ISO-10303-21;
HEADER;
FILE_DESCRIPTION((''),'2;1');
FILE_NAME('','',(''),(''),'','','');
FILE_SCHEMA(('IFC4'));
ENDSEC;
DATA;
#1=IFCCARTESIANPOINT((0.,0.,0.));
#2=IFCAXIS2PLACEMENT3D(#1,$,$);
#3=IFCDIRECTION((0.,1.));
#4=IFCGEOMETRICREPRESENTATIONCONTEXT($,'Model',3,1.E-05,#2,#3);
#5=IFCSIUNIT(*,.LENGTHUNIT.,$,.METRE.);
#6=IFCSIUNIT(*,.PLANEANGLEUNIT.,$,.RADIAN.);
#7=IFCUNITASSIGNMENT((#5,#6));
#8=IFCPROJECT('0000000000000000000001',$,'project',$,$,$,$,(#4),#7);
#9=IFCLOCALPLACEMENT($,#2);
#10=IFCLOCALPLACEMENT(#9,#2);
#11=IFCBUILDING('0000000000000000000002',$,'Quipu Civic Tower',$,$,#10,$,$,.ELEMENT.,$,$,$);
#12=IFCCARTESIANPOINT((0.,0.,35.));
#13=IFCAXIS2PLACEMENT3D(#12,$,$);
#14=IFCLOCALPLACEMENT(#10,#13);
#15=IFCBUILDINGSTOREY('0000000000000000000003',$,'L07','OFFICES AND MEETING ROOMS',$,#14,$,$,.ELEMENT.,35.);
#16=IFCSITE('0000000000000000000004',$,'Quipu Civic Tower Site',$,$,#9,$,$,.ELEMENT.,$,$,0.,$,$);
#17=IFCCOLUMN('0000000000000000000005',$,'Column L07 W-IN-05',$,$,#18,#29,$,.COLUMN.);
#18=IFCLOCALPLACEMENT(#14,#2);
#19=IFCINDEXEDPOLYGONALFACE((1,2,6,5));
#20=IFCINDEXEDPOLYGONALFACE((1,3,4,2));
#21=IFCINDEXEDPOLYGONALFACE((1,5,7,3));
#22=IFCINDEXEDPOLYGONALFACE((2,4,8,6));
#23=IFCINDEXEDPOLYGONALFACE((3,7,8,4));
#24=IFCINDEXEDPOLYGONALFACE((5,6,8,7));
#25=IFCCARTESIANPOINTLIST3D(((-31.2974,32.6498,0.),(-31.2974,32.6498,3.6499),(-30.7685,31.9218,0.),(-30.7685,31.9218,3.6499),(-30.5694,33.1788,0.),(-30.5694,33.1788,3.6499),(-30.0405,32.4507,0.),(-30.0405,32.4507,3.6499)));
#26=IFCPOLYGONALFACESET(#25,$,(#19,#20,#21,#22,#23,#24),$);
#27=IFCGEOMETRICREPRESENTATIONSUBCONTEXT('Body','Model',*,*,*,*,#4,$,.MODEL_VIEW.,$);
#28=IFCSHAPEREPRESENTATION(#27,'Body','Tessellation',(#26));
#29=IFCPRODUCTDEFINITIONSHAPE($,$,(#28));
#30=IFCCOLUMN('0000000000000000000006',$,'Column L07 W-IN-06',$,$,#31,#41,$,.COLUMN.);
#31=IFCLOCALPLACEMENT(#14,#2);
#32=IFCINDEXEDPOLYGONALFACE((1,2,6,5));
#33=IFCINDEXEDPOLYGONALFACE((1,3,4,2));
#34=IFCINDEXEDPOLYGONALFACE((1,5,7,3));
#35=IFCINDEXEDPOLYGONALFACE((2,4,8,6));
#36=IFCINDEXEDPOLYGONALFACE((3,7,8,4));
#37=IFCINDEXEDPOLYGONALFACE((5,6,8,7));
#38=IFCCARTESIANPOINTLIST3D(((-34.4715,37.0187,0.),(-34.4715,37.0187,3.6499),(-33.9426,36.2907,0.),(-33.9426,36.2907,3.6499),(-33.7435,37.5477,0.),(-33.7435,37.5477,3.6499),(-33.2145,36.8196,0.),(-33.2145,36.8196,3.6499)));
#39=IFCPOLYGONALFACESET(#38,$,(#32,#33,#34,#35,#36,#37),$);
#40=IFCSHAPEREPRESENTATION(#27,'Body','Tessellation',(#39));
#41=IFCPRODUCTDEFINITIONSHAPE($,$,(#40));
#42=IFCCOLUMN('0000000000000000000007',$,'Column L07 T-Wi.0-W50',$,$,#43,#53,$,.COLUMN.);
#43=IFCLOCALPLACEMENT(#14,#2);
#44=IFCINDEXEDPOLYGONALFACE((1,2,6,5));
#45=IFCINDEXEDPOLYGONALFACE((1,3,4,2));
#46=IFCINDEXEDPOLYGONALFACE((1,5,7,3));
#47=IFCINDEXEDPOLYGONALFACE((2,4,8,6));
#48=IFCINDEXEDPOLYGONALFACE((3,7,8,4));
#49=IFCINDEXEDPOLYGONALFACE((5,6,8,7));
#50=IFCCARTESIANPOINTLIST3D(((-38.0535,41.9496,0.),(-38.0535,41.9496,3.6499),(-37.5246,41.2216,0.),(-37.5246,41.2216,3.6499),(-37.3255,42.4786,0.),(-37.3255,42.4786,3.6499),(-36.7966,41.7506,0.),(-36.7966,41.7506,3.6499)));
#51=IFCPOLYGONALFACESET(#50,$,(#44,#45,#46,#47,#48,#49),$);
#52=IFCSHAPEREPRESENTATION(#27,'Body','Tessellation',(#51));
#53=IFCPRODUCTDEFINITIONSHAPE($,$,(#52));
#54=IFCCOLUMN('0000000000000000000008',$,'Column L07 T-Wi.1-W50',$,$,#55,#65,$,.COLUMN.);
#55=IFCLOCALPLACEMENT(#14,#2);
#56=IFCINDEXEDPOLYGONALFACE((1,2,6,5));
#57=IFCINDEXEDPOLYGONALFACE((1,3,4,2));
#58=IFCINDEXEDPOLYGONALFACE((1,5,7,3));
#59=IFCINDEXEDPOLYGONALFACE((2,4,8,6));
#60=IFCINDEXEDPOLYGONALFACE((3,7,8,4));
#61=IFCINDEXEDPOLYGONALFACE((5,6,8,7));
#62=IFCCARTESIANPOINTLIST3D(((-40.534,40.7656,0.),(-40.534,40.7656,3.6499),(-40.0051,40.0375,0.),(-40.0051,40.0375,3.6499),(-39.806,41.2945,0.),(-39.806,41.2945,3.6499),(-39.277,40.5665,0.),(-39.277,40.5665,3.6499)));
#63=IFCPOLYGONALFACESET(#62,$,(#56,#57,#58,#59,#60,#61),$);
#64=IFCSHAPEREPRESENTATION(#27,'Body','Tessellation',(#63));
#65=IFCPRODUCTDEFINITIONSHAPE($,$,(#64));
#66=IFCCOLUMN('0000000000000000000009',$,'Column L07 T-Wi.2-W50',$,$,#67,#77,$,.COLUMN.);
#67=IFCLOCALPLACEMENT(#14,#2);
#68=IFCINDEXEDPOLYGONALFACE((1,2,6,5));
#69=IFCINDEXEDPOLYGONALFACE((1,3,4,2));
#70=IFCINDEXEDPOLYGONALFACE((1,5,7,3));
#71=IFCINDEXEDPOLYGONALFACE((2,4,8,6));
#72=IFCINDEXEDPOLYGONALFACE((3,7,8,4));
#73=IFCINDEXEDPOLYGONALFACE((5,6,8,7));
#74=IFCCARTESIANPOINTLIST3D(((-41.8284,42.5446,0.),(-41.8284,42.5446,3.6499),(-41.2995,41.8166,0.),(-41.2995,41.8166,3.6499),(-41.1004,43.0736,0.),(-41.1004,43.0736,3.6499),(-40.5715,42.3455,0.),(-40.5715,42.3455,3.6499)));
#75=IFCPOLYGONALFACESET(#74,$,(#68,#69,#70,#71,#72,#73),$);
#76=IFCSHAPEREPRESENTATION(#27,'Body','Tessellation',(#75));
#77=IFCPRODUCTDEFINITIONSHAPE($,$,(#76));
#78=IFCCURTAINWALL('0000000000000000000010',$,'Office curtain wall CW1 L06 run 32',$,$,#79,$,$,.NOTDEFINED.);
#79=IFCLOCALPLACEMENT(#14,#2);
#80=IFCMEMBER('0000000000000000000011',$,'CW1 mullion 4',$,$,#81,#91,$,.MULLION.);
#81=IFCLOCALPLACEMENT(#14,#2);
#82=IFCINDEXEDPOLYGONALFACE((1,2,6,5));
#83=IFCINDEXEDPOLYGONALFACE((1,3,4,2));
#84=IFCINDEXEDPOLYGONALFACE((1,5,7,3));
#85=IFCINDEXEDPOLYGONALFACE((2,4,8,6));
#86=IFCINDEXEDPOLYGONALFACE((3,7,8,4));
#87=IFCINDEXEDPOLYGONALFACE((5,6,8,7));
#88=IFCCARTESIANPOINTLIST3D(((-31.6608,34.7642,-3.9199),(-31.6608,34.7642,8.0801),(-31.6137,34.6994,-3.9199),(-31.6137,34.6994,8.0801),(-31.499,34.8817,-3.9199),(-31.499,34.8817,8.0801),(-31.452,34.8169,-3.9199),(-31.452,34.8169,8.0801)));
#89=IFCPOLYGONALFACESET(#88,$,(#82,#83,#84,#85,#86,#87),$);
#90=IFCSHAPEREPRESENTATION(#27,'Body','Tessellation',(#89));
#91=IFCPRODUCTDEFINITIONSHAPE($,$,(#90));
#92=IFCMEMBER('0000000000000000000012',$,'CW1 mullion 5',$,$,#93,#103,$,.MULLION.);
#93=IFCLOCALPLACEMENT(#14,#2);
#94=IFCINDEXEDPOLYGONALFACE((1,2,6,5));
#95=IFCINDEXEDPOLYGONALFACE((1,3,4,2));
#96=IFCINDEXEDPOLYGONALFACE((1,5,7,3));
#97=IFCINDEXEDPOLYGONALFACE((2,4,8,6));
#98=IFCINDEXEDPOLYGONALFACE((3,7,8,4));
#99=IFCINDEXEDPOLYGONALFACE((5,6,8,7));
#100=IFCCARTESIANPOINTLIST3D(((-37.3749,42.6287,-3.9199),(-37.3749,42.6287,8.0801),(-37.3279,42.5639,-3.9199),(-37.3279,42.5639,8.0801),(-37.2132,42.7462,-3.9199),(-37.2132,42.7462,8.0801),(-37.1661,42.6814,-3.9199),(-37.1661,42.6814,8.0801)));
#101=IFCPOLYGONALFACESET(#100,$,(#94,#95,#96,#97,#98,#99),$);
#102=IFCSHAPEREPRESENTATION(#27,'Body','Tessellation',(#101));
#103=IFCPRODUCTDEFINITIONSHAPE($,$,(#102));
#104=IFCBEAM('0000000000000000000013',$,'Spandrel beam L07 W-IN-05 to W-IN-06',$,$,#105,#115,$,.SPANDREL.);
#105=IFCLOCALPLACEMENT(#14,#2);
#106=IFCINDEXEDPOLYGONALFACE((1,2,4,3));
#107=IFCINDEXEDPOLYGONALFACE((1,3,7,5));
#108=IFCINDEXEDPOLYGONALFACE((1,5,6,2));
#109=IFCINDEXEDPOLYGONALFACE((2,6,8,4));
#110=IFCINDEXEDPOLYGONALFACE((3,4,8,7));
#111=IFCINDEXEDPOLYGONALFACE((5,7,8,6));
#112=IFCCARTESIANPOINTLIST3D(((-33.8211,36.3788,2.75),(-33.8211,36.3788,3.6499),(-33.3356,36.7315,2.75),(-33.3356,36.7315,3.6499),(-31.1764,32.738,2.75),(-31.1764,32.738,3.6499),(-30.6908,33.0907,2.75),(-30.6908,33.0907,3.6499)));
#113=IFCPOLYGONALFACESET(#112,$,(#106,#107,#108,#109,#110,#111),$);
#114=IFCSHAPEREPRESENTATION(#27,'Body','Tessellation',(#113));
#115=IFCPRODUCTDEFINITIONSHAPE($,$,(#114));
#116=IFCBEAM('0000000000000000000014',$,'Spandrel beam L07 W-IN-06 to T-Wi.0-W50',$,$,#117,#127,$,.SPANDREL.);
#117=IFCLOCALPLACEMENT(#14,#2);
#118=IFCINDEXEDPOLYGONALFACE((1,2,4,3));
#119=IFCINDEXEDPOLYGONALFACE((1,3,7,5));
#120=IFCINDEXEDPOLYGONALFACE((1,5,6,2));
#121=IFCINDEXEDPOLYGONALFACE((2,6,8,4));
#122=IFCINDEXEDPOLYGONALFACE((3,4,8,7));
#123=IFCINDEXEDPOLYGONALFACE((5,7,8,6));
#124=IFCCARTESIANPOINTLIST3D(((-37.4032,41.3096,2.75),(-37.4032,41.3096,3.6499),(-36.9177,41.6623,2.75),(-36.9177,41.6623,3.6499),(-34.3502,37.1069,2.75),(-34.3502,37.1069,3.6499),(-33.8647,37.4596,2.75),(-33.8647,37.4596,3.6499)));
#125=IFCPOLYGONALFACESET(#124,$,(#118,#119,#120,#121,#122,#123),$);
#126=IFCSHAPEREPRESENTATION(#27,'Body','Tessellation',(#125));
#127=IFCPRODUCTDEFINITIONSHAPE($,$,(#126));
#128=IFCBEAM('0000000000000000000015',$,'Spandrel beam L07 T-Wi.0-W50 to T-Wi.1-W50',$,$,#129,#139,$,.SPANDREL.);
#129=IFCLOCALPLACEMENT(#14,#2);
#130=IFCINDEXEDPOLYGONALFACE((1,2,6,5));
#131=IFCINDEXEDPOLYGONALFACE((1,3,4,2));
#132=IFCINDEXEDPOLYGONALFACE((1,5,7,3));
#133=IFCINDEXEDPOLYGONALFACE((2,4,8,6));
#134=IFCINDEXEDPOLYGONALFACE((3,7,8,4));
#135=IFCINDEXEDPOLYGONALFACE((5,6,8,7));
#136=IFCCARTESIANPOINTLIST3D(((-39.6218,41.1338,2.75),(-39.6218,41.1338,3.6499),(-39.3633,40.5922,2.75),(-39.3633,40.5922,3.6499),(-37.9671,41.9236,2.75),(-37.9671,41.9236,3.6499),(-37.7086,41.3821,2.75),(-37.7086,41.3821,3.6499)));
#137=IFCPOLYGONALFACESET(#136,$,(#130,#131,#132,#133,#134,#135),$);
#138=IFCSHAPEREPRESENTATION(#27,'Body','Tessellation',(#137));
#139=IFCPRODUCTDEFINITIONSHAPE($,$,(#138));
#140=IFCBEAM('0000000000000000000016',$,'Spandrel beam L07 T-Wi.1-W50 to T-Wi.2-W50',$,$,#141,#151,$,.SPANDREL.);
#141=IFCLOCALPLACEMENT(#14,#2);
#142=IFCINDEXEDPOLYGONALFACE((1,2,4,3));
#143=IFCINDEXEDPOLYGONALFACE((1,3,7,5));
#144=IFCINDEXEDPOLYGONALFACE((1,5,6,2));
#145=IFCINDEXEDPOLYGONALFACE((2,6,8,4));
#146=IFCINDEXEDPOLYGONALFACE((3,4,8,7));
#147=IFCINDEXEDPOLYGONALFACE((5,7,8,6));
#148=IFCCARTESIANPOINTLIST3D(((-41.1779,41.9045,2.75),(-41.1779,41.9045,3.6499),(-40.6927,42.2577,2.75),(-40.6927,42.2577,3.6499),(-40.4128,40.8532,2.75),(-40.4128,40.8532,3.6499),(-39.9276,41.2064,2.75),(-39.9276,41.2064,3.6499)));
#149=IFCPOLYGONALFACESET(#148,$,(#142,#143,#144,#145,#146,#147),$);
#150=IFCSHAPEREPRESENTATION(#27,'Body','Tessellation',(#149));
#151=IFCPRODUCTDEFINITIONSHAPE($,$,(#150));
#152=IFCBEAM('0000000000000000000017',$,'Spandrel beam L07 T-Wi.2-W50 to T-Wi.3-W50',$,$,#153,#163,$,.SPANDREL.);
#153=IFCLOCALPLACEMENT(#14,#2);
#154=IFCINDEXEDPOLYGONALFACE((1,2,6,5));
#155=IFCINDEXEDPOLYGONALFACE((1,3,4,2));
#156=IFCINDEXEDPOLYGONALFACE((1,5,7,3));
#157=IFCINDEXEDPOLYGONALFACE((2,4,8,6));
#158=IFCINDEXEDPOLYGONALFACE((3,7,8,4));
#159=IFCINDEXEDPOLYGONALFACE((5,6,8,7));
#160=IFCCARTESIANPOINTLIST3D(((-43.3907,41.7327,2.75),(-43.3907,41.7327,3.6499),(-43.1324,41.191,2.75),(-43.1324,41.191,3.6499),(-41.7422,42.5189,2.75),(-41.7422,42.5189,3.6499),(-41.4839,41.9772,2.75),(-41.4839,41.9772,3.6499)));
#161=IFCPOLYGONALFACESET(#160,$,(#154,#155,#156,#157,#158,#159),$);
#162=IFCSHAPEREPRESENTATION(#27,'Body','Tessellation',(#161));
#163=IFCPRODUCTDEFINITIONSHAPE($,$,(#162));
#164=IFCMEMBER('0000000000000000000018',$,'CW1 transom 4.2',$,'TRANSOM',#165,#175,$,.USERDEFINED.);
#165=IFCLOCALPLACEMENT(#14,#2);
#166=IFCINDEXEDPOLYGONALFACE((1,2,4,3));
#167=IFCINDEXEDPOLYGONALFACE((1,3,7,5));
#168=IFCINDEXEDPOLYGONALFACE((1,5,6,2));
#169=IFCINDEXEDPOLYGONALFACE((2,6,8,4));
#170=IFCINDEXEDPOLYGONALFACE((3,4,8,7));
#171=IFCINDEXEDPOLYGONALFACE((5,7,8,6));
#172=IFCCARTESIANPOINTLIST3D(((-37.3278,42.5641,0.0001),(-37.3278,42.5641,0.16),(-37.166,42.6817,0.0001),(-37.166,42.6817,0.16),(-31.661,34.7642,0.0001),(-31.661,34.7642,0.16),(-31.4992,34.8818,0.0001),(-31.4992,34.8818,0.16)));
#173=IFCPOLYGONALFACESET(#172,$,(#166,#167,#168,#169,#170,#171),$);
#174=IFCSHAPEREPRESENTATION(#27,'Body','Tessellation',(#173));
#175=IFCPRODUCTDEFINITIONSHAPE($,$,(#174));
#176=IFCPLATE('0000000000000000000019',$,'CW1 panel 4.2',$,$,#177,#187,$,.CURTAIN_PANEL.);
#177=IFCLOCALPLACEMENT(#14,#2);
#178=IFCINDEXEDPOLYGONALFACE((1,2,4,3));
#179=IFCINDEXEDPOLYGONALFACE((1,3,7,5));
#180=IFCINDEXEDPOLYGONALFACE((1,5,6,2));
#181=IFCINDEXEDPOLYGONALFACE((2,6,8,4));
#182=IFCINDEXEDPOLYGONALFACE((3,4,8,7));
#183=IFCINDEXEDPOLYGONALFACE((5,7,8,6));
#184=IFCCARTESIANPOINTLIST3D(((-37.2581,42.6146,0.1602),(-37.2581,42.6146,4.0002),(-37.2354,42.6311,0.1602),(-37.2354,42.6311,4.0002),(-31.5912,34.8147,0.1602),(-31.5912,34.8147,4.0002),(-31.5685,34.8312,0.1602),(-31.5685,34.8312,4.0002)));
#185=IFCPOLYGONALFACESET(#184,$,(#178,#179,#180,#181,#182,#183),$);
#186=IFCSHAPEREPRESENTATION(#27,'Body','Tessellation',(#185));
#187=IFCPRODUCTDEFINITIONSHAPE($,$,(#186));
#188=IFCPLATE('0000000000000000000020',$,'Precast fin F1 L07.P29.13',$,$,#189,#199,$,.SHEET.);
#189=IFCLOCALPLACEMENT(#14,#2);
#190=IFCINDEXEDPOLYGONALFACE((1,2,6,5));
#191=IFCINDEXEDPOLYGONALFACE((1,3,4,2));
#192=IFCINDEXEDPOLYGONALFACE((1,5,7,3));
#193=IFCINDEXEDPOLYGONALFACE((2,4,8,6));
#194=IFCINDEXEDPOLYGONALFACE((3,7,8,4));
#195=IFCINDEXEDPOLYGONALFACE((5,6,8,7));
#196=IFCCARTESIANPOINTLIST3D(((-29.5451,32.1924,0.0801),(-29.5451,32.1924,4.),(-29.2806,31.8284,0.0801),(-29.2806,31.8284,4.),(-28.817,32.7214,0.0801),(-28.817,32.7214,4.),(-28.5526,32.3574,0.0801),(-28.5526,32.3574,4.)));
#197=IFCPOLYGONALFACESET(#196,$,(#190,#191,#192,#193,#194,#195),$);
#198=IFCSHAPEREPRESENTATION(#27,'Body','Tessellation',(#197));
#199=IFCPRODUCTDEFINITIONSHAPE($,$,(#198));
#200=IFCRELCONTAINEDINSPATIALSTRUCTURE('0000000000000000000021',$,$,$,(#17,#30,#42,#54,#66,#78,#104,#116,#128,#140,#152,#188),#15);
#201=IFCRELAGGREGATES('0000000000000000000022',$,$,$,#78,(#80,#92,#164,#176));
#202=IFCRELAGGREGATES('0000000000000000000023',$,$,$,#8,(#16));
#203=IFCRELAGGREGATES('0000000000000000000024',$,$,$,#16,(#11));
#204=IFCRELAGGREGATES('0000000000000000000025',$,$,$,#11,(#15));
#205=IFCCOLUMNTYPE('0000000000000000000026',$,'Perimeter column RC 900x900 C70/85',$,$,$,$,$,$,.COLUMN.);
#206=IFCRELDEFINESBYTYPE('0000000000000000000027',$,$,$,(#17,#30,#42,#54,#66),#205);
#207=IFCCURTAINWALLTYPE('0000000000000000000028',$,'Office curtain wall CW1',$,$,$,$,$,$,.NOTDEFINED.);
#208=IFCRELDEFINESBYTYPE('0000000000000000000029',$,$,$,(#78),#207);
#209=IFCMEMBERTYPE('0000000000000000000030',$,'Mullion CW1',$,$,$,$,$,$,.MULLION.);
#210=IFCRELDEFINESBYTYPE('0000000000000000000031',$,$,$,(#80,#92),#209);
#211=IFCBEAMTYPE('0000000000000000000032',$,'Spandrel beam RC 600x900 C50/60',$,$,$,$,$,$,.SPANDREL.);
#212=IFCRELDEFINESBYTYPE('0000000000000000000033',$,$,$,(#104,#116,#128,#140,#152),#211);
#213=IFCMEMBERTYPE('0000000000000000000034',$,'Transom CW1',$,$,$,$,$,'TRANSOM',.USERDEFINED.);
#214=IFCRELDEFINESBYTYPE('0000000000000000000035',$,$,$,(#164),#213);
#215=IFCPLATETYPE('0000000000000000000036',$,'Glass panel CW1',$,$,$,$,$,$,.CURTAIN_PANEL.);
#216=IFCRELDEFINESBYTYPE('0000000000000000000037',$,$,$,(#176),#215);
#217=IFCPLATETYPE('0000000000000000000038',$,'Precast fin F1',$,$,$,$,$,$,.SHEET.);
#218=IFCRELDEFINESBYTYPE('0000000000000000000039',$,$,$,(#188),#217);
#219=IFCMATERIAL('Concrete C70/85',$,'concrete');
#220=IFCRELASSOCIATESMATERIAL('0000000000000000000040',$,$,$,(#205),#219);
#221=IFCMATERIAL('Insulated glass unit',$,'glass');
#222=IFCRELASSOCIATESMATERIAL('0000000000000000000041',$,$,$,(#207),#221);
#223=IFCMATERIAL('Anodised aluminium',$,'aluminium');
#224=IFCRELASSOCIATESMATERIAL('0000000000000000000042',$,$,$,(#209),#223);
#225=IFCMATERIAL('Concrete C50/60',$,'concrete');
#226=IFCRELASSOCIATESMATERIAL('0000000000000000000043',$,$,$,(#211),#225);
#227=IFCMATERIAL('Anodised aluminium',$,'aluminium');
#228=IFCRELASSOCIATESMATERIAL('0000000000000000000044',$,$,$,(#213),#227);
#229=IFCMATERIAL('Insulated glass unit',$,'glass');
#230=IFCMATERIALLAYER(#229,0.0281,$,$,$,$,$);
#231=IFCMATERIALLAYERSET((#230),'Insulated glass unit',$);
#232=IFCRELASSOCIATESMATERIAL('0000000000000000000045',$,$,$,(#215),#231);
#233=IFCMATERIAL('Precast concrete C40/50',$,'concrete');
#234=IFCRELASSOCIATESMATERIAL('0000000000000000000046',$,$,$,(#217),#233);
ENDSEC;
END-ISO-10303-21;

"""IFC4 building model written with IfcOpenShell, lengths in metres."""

from ifc_helpers import new_model, si_unit, direction, frame, origin, origin_2d, place, context, subcontext, project, spatial, rectangle, extrude, material, layer, layer_set, material_profile, profile_set, type_object, element, aggregate, save


model = new_model("IFC4")

# Units and contexts
model_context = context("Model", 3, precision=1e-05, world=origin(), true_north=direction((0.0, 1.0)))
body_context = subcontext(model_context, "Body", "Model", "MODEL_VIEW")
ifc_project = project(units=[si_unit("LENGTHUNIT", "METRE"), si_unit("PLANEANGLEUNIT", "RADIAN")], contexts=[model_context])

# Site, building, storey
site_placement = place(None, origin())
site = spatial("IfcSite", under=ifc_project, at=site_placement, Name="Quipu Civic Tower Site", CompositionType="ELEMENT", RefElevation=0.0)
building_placement = place(site_placement, origin())
building = spatial("IfcBuilding", under=site, at=building_placement, Name="Quipu Civic Tower", CompositionType="ELEMENT")
storey_placement = place(building_placement, frame((0.0, 0.0, 35.0)))
storey = spatial("IfcBuildingStorey", under=building, at=storey_placement, Name="L07", Description="OFFICES AND MEETING ROOMS", CompositionType="ELEMENT", Elevation=35.0)

# Columns
ifc_material_1 = material(Name="Concrete C70/85", Category="concrete")
ifc_material_profile_1 = material_profile(ifc_material_1, rectangle(XDim=0.8999, YDim=0.8999, at=origin_2d()), Name="RC900x900")
ifc_profile_set_1 = profile_set([ifc_material_profile_1], Name="Concrete C70/85")
column_type = type_object("IfcColumnType", Name="Perimeter column RC 900x900 C70/85", PredefinedType="COLUMN", material=ifc_profile_set_1)
for number, where, z_axis, x_axis, name in (
    (1, (-30.6689, 32.5503, 0.0), (0.0, 0.0, 1.0), (-0.587785, 0.809017, 0.0), "Column L07 W-IN-05"),
    (2, (-33.843, 36.9192, 0.0), (0.0, 0.0, 1.0), (-0.587785, 0.809017, 0.0), "Column L07 W-IN-06"),
    (3, (-37.425, 41.8501, 0.0), (0.0, 0.0, 1.0), (-0.587785, 0.809017, 0.0), "Column L07 T-Wi.0-W50"),
    (4, (-39.9055, 40.666, 0.0), (0.0, 0.0, 1.0), (-0.587785, 0.809017, 0.0), "Column L07 T-Wi.1-W50"),
    (5, (-41.2, 42.4451, 0.0), (0.0, 0.0, 1.0), (-0.587785, 0.809017, 0.0), "Column L07 T-Wi.2-W50"),
):
    element("IfcColumn", number, at=place(storey_placement, frame(where, z_axis=z_axis, x_axis=x_axis)), inside=storey, type_object=column_type, Name=name, PredefinedType="COLUMN", context=body_context, shape_type="SweptSolid", body=[
        extrude(rectangle(XDim=0.8999, YDim=0.8999, at=origin_2d()), origin(), (0.0, 0.0, 1.0), 3.6499),
    ])

# Curtain wall, members
ifc_material_2 = material(Name="Insulated glass unit", Category="glass")
curtain_wall_type = type_object("IfcCurtainWallType", Name="Office curtain wall CW1", PredefinedType="NOTDEFINED", material=ifc_material_2)
curtain_wall_placement = place(storey_placement, origin())
curtain_wall = element("IfcCurtainWall", 6, at=curtain_wall_placement, inside=storey, type_object=curtain_wall_type, Name="Office curtain wall CW1 L06 run 32", PredefinedType="NOTDEFINED")
ifc_material_3 = material(Name="Anodised aluminium", Category="aluminium")
ifc_material_profile_2 = material_profile(ifc_material_3, rectangle(XDim=0.2, YDim=0.0801, at=origin_2d()), Name="RECT 200x80")
ifc_profile_set_2 = profile_set([ifc_material_profile_2], Name="Anodised aluminium")
member_type_1 = type_object("IfcMemberType", Name="Mullion CW1", PredefinedType="MULLION", material=ifc_profile_set_2)
member_1_placement = place(storey_placement, frame((-31.5564, 34.7905, -3.9199), z_axis=(0.0, 0.0, 1.0), x_axis=(-0.809017, -0.587786, 0.0)))
member_1 = element("IfcMember", 7, at=member_1_placement, type_object=member_type_1, Name="CW1 mullion 4", PredefinedType="MULLION", context=body_context, shape_type="SweptSolid", body=[
    extrude(rectangle(XDim=0.2, YDim=0.0801, at=origin_2d()), origin(), (0.0, 0.0, 1.0), 12.0),
])
member_2_placement = place(storey_placement, frame((-37.2705, 42.655, -3.9199), z_axis=(0.0, 0.0, 1.0), x_axis=(-0.809017, -0.587786, 0.0)))
member_2 = element("IfcMember", 8, at=member_2_placement, type_object=member_type_1, Name="CW1 mullion 5", PredefinedType="MULLION", context=body_context, shape_type="SweptSolid", body=[
    extrude(rectangle(XDim=0.2, YDim=0.0801, at=origin_2d()), origin(), (0.0, 0.0, 1.0), 12.0),
])

# Beams
ifc_material_4 = material(Name="Concrete C50/60", Category="concrete")
ifc_material_profile_3 = material_profile(ifc_material_4, rectangle(XDim=0.6001, YDim=0.8999, at=origin_2d()), Name="RC600x900")
ifc_profile_set_3 = profile_set([ifc_material_profile_3], Name="Concrete C50/60")
beam_type = type_object("IfcBeamType", Name="Spandrel beam RC 600x900 C50/60", PredefinedType="SPANDREL", material=ifc_profile_set_3)
beam_1_placement = place(storey_placement, frame((-30.9336, 32.9143, 3.2), z_axis=(-0.587717, 0.809067, 0.0), x_axis=(-0.809067, -0.587717, 0.0)))
element("IfcBeam", 9, at=beam_1_placement, inside=storey, type_object=beam_type, Name="Spandrel beam L07 W-IN-05 to W-IN-06", PredefinedType="SPANDREL", context=body_context, shape_type="SweptSolid", body=[
    extrude(rectangle(XDim=0.6001, YDim=0.8999, at=origin_2d()), origin(), (0.0, 0.0, 1.0), 4.5),
])
beam_2_placement = place(storey_placement, frame((-34.1074, 37.2832, 3.2), z_axis=(-0.587733, 0.809055, 0.0), x_axis=(-0.809055, -0.587733, 0.0)))
element("IfcBeam", 10, at=beam_2_placement, inside=storey, type_object=beam_type, Name="Spandrel beam L07 W-IN-06 to T-Wi.0-W50", PredefinedType="SPANDREL", context=body_context, shape_type="SweptSolid", body=[
    extrude(rectangle(XDim=0.6001, YDim=0.8999, at=origin_2d()), origin(), (0.0, 0.0, 1.0), 5.1946),
])
beam_3_placement = place(storey_placement, frame((-37.8379, 41.6528, 3.2), z_axis=(-0.902454, -0.430786, 0.0), x_axis=(0.430786, -0.902454, 0.0)))
element("IfcBeam", 11, at=beam_3_placement, inside=storey, type_object=beam_type, Name="Spandrel beam L07 T-Wi.0-W50 to T-Wi.1-W50", PredefinedType="SPANDREL", context=body_context, shape_type="SweptSolid", body=[
    extrude(rectangle(XDim=0.6001, YDim=0.8999, at=origin_2d()), origin(), (0.0, 0.0, 1.0), 1.8335),
])
beam_4_placement = place(storey_placement, frame((-40.1702, 41.0298, 3.2), z_axis=(-0.588462, 0.808525, 0.0), x_axis=(-0.808525, -0.588462, 0.0)))
element("IfcBeam", 12, at=beam_4_placement, inside=storey, type_object=beam_type, Name="Spandrel beam L07 T-Wi.1-W50 to T-Wi.2-W50", PredefinedType="SPANDREL", context=body_context, shape_type="SweptSolid", body=[
    extrude(rectangle(XDim=0.6001, YDim=0.8999, at=origin_2d()), origin(), (0.0, 0.0, 1.0), 1.3003),
])
beam_5_placement = place(storey_placement, frame((-41.613, 42.248, 3.2), z_axis=(-0.902613, -0.430452, 0.0), x_axis=(0.430452, -0.902613, 0.0)))
element("IfcBeam", 13, at=beam_5_placement, inside=storey, type_object=beam_type, Name="Spandrel beam L07 T-Wi.2-W50 to T-Wi.3-W50", PredefinedType="SPANDREL", context=body_context, shape_type="SweptSolid", body=[
    extrude(rectangle(XDim=0.6001, YDim=0.8999, at=origin_2d()), origin(), (0.0, 0.0, 1.0), 1.8264),
])

# Member
ifc_material_5 = material(Name="Anodised aluminium", Category="aluminium")
ifc_material_profile_4 = material_profile(ifc_material_5, rectangle(XDim=0.2, YDim=0.1599, at=origin_2d()), Name="RECT 200x160")
ifc_profile_set_4 = profile_set([ifc_material_profile_4], Name="Anodised aluminium")
member_type_2 = type_object("IfcMemberType", Name="Transom CW1", ElementType="TRANSOM", PredefinedType="USERDEFINED", material=ifc_profile_set_4)
member_3_placement = place(storey_placement, frame((-31.5801, 34.823, 0.0801), z_axis=(-0.587776, 0.809024, 0.0), x_axis=(-0.809024, -0.587776, 0.0)))
member_3 = element("IfcMember", 14, at=member_3_placement, type_object=member_type_2, Name="CW1 transom 4.2", ObjectType="TRANSOM", PredefinedType="USERDEFINED", context=body_context, shape_type="SweptSolid", body=[
    extrude(rectangle(XDim=0.2, YDim=0.1599, at=origin_2d()), origin(), (0.0, 0.0, 1.0), 9.6411),
])

# Plate
ifc_material_6 = material(Name="Insulated glass unit", Category="glass")
ifc_layer_1 = layer(ifc_material_6, 0.0281)
ifc_layer_set_1 = layer_set([ifc_layer_1], Name="Insulated glass unit")
plate_type_1 = type_object("IfcPlateType", Name="Glass panel CW1", PredefinedType="CURTAIN_PANEL", material=ifc_layer_set_1)
plate_placement = place(storey_placement, frame((-34.4133, 38.7229, 0.1602), z_axis=(0.0, 0.0, 1.0), x_axis=(-0.587786, 0.809017, 0.0)))
plate = element("IfcPlate", 15, at=plate_placement, type_object=plate_type_1, Name="CW1 panel 4.2", PredefinedType="CURTAIN_PANEL", context=body_context, shape_type="SweptSolid", body=[
    extrude(rectangle(XDim=9.6411, YDim=0.0281, at=origin_2d()), origin(), (0.0, 0.0, 1.0), 3.8401),
])
aggregate(curtain_wall, [member_1, member_2, member_3, plate])

# Plate
ifc_material_7 = material(Name="Precast concrete C40/50", Category="concrete")
plate_type_2 = type_object("IfcPlateType", Name="Precast fin F1", PredefinedType="SHEET", material=ifc_material_7)
for number, where, z_axis, x_axis, name in (
    (16, (-29.0488, 32.2749, 0.0801), (0.0, 0.0, 1.0), (-0.587785, 0.809017, 0.0), "Precast fin F1 L07.P29.13"),
):
    element("IfcPlate", number, at=place(storey_placement, frame(where, z_axis=z_axis, x_axis=x_axis)), inside=storey, type_object=plate_type_2, Name=name, PredefinedType="SHEET", context=body_context, shape_type="SweptSolid", body=[
        extrude(rectangle(XDim=0.45, YDim=0.8999, at=origin_2d()), origin(), (0.0, 0.0, 1.0), 3.9199),
    ])

save(model, "model.ifc")
